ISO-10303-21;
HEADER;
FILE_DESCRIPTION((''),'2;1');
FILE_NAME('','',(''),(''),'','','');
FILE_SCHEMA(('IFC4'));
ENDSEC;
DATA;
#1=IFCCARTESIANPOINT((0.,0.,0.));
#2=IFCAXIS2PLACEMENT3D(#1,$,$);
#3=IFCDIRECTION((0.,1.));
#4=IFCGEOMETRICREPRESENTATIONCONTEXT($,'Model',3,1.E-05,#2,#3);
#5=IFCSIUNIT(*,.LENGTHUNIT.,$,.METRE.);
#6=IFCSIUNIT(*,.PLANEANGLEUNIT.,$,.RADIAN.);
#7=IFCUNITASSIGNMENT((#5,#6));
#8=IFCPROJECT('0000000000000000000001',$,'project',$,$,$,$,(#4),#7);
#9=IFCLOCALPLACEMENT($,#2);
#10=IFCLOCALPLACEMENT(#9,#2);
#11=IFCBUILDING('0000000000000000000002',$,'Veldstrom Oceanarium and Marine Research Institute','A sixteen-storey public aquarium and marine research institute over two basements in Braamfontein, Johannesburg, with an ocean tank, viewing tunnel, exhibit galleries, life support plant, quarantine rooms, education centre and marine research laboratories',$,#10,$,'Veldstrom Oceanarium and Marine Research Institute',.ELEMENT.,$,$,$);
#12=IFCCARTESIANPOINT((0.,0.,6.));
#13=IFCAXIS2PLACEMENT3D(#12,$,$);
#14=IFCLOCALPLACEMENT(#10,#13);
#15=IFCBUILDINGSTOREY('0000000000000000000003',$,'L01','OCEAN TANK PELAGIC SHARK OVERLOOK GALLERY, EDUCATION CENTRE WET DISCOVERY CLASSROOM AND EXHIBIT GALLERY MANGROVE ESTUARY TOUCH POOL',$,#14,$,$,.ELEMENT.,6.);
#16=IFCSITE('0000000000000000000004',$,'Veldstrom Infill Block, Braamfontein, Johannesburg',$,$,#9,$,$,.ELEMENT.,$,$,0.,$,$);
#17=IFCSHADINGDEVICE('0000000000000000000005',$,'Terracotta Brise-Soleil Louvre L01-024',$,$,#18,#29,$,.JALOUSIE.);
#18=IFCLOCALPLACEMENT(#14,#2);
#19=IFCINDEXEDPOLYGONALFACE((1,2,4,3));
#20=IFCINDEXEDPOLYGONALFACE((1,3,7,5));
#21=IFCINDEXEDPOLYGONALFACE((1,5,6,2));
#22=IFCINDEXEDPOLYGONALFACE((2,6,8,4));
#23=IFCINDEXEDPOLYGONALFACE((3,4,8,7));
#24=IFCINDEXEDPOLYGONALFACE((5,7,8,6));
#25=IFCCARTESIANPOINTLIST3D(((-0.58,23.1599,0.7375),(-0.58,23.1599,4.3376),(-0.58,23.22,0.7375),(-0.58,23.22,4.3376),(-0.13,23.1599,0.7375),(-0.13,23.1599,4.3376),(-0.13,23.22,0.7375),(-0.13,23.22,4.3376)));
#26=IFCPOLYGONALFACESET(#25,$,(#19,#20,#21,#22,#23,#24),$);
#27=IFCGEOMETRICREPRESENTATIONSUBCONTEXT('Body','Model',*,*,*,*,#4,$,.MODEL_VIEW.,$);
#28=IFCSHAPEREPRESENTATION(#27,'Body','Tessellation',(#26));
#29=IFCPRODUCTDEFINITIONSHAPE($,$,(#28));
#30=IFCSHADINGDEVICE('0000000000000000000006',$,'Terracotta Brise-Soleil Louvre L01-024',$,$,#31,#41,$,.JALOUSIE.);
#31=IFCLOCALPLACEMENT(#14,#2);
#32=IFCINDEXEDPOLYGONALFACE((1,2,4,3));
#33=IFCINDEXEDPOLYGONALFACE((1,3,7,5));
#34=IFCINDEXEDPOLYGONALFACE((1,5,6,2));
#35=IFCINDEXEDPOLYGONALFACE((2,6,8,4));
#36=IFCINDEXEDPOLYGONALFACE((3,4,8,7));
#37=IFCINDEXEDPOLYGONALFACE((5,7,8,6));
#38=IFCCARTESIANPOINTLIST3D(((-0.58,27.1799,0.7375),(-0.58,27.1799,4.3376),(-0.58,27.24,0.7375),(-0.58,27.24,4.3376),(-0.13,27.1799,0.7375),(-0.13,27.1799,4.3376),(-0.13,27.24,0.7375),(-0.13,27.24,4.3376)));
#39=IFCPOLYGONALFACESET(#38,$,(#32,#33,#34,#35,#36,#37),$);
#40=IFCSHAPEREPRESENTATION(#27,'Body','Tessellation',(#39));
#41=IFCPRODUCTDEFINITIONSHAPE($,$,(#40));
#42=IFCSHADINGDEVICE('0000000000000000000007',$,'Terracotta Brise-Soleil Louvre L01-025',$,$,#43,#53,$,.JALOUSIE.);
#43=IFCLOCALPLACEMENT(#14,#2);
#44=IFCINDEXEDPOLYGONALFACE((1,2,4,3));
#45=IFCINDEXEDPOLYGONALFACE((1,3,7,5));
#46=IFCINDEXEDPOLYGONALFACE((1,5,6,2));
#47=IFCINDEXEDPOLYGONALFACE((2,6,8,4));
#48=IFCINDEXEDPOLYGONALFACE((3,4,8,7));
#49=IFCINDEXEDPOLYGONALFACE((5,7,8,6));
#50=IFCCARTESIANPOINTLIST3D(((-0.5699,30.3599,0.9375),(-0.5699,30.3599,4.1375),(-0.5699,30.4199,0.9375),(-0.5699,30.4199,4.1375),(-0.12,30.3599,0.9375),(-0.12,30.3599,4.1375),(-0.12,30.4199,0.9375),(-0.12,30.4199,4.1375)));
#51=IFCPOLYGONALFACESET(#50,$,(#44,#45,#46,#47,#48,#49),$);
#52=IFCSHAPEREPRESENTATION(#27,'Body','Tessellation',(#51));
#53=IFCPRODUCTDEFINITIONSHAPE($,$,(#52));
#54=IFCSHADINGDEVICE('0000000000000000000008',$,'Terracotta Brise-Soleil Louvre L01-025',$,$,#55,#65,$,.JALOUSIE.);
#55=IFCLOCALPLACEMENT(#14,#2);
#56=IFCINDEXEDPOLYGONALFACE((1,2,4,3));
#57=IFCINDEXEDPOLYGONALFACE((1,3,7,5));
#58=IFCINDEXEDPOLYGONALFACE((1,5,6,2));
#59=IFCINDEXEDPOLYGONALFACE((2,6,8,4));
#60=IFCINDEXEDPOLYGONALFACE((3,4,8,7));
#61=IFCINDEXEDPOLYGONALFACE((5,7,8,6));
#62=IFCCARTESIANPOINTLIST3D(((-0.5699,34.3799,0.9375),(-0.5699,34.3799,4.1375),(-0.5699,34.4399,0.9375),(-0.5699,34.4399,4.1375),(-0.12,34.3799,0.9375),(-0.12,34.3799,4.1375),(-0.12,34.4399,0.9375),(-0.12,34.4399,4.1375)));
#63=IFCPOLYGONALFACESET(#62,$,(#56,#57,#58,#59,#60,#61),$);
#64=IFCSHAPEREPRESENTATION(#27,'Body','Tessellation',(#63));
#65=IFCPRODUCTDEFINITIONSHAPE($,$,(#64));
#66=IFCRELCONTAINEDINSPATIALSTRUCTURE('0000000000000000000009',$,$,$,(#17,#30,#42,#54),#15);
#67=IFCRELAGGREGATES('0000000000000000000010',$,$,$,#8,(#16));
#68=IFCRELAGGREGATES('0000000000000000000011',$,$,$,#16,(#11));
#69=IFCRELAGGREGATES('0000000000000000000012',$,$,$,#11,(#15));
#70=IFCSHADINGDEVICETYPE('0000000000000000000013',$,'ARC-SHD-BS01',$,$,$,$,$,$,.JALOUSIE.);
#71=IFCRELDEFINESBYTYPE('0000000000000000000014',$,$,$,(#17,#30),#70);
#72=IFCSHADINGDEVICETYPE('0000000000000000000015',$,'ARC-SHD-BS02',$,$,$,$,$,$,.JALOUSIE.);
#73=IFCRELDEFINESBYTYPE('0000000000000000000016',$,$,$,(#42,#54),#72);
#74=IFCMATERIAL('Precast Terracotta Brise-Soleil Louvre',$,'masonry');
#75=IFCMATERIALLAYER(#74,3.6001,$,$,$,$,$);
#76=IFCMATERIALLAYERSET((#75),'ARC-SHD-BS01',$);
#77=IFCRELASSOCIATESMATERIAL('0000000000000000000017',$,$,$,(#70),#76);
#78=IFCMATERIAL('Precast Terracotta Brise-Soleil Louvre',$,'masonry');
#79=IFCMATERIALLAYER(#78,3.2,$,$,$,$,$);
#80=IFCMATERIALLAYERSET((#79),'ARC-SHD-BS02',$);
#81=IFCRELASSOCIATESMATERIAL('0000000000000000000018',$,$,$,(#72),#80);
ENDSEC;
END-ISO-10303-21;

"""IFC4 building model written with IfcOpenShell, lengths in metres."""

from ifc_helpers import new_model, si_unit, direction, frame, origin, origin_2d, place, context, subcontext, project, spatial, rectangle, extrude, material, layer, layer_set, type_object, element, save


model = new_model("IFC4")

# Units and contexts
model_context = context("Model", 3, precision=1e-05, world=origin(), true_north=direction((0.0, 1.0)))
body_context = subcontext(model_context, "Body", "Model", "MODEL_VIEW")
ifc_project = project(units=[si_unit("LENGTHUNIT", "METRE"), si_unit("PLANEANGLEUNIT", "RADIAN")], contexts=[model_context])

# Site, building, storey
site_placement = place(None, origin())
site = spatial("IfcSite", under=ifc_project, at=site_placement, Name="Veldstrom Infill Block, Braamfontein, Johannesburg", CompositionType="ELEMENT", RefElevation=0.0)
building_placement = place(site_placement, origin())
building = spatial("IfcBuilding", under=site, at=building_placement, Name="Veldstrom Oceanarium and Marine Research Institute", Description="A sixteen-storey public aquarium and marine research institute over two basements in Braamfontein, Johannesburg, with an ocean tank, viewing tunnel, exhibit galleries, life support plant, quarantine rooms, education centre and marine research laboratories", LongName="Veldstrom Oceanarium and Marine Research Institute", CompositionType="ELEMENT")
storey_placement = place(building_placement, frame((0.0, 0.0, 6.0)))
storey = spatial("IfcBuildingStorey", under=building, at=storey_placement, Name="L01", Description="OCEAN TANK PELAGIC SHARK OVERLOOK GALLERY, EDUCATION CENTRE WET DISCOVERY CLASSROOM AND EXHIBIT GALLERY MANGROVE ESTUARY TOUCH POOL", CompositionType="ELEMENT", Elevation=6.0)

# Shading devices
ifc_material_1 = material(Name="Precast Terracotta Brise-Soleil Louvre", Category="masonry")
ifc_layer_1 = layer(ifc_material_1, 3.6001)
ifc_layer_set_1 = layer_set([ifc_layer_1], Name="ARC-SHD-BS01")
shading_device_type_1 = type_object("IfcShadingDeviceType", Name="ARC-SHD-BS01", PredefinedType="JALOUSIE", material=ifc_layer_set_1)
for number, where, z_axis, x_axis, name in (
    (1, (-0.355, 23.1899, 0.7375), (0.0, 0.0, 1.0), (1.0, 0.0, 0.0), "Terracotta Brise-Soleil Louvre L01-024"),
    (2, (-0.355, 27.21, 0.7375), (0.0, 0.0, 1.0), (1.0, 0.0, 0.0), "Terracotta Brise-Soleil Louvre L01-024"),
):
    element("IfcShadingDevice", number, at=place(storey_placement, frame(where, z_axis=z_axis, x_axis=x_axis)), inside=storey, type_object=shading_device_type_1, Name=name, PredefinedType="JALOUSIE", context=body_context, shape_type="SweptSolid", body=[
        extrude(rectangle(XDim=0.45, YDim=0.0601, at=origin_2d()), origin(), (0.0, 0.0, 1.0), 3.6001),
    ])
ifc_material_2 = material(Name="Precast Terracotta Brise-Soleil Louvre", Category="masonry")
ifc_layer_2 = layer(ifc_material_2, 3.2)
ifc_layer_set_2 = layer_set([ifc_layer_2], Name="ARC-SHD-BS02")
shading_device_type_2 = type_object("IfcShadingDeviceType", Name="ARC-SHD-BS02", PredefinedType="JALOUSIE", material=ifc_layer_set_2)
for number, where, z_axis, x_axis, name in (
    (3, (-0.345, 30.3899, 0.9375), (0.0, 0.0, 1.0), (1.0, 0.0, 0.0), "Terracotta Brise-Soleil Louvre L01-025"),
    (4, (-0.345, 34.4099, 0.9375), (0.0, 0.0, 1.0), (1.0, 0.0, 0.0), "Terracotta Brise-Soleil Louvre L01-025"),
):
    element("IfcShadingDevice", number, at=place(storey_placement, frame(where, z_axis=z_axis, x_axis=x_axis)), inside=storey, type_object=shading_device_type_2, Name=name, PredefinedType="JALOUSIE", context=body_context, shape_type="SweptSolid", body=[
        extrude(rectangle(XDim=0.45, YDim=0.0601, at=origin_2d()), origin(), (0.0, 0.0, 1.0), 3.2),
    ])

save(model, "model.ifc")
